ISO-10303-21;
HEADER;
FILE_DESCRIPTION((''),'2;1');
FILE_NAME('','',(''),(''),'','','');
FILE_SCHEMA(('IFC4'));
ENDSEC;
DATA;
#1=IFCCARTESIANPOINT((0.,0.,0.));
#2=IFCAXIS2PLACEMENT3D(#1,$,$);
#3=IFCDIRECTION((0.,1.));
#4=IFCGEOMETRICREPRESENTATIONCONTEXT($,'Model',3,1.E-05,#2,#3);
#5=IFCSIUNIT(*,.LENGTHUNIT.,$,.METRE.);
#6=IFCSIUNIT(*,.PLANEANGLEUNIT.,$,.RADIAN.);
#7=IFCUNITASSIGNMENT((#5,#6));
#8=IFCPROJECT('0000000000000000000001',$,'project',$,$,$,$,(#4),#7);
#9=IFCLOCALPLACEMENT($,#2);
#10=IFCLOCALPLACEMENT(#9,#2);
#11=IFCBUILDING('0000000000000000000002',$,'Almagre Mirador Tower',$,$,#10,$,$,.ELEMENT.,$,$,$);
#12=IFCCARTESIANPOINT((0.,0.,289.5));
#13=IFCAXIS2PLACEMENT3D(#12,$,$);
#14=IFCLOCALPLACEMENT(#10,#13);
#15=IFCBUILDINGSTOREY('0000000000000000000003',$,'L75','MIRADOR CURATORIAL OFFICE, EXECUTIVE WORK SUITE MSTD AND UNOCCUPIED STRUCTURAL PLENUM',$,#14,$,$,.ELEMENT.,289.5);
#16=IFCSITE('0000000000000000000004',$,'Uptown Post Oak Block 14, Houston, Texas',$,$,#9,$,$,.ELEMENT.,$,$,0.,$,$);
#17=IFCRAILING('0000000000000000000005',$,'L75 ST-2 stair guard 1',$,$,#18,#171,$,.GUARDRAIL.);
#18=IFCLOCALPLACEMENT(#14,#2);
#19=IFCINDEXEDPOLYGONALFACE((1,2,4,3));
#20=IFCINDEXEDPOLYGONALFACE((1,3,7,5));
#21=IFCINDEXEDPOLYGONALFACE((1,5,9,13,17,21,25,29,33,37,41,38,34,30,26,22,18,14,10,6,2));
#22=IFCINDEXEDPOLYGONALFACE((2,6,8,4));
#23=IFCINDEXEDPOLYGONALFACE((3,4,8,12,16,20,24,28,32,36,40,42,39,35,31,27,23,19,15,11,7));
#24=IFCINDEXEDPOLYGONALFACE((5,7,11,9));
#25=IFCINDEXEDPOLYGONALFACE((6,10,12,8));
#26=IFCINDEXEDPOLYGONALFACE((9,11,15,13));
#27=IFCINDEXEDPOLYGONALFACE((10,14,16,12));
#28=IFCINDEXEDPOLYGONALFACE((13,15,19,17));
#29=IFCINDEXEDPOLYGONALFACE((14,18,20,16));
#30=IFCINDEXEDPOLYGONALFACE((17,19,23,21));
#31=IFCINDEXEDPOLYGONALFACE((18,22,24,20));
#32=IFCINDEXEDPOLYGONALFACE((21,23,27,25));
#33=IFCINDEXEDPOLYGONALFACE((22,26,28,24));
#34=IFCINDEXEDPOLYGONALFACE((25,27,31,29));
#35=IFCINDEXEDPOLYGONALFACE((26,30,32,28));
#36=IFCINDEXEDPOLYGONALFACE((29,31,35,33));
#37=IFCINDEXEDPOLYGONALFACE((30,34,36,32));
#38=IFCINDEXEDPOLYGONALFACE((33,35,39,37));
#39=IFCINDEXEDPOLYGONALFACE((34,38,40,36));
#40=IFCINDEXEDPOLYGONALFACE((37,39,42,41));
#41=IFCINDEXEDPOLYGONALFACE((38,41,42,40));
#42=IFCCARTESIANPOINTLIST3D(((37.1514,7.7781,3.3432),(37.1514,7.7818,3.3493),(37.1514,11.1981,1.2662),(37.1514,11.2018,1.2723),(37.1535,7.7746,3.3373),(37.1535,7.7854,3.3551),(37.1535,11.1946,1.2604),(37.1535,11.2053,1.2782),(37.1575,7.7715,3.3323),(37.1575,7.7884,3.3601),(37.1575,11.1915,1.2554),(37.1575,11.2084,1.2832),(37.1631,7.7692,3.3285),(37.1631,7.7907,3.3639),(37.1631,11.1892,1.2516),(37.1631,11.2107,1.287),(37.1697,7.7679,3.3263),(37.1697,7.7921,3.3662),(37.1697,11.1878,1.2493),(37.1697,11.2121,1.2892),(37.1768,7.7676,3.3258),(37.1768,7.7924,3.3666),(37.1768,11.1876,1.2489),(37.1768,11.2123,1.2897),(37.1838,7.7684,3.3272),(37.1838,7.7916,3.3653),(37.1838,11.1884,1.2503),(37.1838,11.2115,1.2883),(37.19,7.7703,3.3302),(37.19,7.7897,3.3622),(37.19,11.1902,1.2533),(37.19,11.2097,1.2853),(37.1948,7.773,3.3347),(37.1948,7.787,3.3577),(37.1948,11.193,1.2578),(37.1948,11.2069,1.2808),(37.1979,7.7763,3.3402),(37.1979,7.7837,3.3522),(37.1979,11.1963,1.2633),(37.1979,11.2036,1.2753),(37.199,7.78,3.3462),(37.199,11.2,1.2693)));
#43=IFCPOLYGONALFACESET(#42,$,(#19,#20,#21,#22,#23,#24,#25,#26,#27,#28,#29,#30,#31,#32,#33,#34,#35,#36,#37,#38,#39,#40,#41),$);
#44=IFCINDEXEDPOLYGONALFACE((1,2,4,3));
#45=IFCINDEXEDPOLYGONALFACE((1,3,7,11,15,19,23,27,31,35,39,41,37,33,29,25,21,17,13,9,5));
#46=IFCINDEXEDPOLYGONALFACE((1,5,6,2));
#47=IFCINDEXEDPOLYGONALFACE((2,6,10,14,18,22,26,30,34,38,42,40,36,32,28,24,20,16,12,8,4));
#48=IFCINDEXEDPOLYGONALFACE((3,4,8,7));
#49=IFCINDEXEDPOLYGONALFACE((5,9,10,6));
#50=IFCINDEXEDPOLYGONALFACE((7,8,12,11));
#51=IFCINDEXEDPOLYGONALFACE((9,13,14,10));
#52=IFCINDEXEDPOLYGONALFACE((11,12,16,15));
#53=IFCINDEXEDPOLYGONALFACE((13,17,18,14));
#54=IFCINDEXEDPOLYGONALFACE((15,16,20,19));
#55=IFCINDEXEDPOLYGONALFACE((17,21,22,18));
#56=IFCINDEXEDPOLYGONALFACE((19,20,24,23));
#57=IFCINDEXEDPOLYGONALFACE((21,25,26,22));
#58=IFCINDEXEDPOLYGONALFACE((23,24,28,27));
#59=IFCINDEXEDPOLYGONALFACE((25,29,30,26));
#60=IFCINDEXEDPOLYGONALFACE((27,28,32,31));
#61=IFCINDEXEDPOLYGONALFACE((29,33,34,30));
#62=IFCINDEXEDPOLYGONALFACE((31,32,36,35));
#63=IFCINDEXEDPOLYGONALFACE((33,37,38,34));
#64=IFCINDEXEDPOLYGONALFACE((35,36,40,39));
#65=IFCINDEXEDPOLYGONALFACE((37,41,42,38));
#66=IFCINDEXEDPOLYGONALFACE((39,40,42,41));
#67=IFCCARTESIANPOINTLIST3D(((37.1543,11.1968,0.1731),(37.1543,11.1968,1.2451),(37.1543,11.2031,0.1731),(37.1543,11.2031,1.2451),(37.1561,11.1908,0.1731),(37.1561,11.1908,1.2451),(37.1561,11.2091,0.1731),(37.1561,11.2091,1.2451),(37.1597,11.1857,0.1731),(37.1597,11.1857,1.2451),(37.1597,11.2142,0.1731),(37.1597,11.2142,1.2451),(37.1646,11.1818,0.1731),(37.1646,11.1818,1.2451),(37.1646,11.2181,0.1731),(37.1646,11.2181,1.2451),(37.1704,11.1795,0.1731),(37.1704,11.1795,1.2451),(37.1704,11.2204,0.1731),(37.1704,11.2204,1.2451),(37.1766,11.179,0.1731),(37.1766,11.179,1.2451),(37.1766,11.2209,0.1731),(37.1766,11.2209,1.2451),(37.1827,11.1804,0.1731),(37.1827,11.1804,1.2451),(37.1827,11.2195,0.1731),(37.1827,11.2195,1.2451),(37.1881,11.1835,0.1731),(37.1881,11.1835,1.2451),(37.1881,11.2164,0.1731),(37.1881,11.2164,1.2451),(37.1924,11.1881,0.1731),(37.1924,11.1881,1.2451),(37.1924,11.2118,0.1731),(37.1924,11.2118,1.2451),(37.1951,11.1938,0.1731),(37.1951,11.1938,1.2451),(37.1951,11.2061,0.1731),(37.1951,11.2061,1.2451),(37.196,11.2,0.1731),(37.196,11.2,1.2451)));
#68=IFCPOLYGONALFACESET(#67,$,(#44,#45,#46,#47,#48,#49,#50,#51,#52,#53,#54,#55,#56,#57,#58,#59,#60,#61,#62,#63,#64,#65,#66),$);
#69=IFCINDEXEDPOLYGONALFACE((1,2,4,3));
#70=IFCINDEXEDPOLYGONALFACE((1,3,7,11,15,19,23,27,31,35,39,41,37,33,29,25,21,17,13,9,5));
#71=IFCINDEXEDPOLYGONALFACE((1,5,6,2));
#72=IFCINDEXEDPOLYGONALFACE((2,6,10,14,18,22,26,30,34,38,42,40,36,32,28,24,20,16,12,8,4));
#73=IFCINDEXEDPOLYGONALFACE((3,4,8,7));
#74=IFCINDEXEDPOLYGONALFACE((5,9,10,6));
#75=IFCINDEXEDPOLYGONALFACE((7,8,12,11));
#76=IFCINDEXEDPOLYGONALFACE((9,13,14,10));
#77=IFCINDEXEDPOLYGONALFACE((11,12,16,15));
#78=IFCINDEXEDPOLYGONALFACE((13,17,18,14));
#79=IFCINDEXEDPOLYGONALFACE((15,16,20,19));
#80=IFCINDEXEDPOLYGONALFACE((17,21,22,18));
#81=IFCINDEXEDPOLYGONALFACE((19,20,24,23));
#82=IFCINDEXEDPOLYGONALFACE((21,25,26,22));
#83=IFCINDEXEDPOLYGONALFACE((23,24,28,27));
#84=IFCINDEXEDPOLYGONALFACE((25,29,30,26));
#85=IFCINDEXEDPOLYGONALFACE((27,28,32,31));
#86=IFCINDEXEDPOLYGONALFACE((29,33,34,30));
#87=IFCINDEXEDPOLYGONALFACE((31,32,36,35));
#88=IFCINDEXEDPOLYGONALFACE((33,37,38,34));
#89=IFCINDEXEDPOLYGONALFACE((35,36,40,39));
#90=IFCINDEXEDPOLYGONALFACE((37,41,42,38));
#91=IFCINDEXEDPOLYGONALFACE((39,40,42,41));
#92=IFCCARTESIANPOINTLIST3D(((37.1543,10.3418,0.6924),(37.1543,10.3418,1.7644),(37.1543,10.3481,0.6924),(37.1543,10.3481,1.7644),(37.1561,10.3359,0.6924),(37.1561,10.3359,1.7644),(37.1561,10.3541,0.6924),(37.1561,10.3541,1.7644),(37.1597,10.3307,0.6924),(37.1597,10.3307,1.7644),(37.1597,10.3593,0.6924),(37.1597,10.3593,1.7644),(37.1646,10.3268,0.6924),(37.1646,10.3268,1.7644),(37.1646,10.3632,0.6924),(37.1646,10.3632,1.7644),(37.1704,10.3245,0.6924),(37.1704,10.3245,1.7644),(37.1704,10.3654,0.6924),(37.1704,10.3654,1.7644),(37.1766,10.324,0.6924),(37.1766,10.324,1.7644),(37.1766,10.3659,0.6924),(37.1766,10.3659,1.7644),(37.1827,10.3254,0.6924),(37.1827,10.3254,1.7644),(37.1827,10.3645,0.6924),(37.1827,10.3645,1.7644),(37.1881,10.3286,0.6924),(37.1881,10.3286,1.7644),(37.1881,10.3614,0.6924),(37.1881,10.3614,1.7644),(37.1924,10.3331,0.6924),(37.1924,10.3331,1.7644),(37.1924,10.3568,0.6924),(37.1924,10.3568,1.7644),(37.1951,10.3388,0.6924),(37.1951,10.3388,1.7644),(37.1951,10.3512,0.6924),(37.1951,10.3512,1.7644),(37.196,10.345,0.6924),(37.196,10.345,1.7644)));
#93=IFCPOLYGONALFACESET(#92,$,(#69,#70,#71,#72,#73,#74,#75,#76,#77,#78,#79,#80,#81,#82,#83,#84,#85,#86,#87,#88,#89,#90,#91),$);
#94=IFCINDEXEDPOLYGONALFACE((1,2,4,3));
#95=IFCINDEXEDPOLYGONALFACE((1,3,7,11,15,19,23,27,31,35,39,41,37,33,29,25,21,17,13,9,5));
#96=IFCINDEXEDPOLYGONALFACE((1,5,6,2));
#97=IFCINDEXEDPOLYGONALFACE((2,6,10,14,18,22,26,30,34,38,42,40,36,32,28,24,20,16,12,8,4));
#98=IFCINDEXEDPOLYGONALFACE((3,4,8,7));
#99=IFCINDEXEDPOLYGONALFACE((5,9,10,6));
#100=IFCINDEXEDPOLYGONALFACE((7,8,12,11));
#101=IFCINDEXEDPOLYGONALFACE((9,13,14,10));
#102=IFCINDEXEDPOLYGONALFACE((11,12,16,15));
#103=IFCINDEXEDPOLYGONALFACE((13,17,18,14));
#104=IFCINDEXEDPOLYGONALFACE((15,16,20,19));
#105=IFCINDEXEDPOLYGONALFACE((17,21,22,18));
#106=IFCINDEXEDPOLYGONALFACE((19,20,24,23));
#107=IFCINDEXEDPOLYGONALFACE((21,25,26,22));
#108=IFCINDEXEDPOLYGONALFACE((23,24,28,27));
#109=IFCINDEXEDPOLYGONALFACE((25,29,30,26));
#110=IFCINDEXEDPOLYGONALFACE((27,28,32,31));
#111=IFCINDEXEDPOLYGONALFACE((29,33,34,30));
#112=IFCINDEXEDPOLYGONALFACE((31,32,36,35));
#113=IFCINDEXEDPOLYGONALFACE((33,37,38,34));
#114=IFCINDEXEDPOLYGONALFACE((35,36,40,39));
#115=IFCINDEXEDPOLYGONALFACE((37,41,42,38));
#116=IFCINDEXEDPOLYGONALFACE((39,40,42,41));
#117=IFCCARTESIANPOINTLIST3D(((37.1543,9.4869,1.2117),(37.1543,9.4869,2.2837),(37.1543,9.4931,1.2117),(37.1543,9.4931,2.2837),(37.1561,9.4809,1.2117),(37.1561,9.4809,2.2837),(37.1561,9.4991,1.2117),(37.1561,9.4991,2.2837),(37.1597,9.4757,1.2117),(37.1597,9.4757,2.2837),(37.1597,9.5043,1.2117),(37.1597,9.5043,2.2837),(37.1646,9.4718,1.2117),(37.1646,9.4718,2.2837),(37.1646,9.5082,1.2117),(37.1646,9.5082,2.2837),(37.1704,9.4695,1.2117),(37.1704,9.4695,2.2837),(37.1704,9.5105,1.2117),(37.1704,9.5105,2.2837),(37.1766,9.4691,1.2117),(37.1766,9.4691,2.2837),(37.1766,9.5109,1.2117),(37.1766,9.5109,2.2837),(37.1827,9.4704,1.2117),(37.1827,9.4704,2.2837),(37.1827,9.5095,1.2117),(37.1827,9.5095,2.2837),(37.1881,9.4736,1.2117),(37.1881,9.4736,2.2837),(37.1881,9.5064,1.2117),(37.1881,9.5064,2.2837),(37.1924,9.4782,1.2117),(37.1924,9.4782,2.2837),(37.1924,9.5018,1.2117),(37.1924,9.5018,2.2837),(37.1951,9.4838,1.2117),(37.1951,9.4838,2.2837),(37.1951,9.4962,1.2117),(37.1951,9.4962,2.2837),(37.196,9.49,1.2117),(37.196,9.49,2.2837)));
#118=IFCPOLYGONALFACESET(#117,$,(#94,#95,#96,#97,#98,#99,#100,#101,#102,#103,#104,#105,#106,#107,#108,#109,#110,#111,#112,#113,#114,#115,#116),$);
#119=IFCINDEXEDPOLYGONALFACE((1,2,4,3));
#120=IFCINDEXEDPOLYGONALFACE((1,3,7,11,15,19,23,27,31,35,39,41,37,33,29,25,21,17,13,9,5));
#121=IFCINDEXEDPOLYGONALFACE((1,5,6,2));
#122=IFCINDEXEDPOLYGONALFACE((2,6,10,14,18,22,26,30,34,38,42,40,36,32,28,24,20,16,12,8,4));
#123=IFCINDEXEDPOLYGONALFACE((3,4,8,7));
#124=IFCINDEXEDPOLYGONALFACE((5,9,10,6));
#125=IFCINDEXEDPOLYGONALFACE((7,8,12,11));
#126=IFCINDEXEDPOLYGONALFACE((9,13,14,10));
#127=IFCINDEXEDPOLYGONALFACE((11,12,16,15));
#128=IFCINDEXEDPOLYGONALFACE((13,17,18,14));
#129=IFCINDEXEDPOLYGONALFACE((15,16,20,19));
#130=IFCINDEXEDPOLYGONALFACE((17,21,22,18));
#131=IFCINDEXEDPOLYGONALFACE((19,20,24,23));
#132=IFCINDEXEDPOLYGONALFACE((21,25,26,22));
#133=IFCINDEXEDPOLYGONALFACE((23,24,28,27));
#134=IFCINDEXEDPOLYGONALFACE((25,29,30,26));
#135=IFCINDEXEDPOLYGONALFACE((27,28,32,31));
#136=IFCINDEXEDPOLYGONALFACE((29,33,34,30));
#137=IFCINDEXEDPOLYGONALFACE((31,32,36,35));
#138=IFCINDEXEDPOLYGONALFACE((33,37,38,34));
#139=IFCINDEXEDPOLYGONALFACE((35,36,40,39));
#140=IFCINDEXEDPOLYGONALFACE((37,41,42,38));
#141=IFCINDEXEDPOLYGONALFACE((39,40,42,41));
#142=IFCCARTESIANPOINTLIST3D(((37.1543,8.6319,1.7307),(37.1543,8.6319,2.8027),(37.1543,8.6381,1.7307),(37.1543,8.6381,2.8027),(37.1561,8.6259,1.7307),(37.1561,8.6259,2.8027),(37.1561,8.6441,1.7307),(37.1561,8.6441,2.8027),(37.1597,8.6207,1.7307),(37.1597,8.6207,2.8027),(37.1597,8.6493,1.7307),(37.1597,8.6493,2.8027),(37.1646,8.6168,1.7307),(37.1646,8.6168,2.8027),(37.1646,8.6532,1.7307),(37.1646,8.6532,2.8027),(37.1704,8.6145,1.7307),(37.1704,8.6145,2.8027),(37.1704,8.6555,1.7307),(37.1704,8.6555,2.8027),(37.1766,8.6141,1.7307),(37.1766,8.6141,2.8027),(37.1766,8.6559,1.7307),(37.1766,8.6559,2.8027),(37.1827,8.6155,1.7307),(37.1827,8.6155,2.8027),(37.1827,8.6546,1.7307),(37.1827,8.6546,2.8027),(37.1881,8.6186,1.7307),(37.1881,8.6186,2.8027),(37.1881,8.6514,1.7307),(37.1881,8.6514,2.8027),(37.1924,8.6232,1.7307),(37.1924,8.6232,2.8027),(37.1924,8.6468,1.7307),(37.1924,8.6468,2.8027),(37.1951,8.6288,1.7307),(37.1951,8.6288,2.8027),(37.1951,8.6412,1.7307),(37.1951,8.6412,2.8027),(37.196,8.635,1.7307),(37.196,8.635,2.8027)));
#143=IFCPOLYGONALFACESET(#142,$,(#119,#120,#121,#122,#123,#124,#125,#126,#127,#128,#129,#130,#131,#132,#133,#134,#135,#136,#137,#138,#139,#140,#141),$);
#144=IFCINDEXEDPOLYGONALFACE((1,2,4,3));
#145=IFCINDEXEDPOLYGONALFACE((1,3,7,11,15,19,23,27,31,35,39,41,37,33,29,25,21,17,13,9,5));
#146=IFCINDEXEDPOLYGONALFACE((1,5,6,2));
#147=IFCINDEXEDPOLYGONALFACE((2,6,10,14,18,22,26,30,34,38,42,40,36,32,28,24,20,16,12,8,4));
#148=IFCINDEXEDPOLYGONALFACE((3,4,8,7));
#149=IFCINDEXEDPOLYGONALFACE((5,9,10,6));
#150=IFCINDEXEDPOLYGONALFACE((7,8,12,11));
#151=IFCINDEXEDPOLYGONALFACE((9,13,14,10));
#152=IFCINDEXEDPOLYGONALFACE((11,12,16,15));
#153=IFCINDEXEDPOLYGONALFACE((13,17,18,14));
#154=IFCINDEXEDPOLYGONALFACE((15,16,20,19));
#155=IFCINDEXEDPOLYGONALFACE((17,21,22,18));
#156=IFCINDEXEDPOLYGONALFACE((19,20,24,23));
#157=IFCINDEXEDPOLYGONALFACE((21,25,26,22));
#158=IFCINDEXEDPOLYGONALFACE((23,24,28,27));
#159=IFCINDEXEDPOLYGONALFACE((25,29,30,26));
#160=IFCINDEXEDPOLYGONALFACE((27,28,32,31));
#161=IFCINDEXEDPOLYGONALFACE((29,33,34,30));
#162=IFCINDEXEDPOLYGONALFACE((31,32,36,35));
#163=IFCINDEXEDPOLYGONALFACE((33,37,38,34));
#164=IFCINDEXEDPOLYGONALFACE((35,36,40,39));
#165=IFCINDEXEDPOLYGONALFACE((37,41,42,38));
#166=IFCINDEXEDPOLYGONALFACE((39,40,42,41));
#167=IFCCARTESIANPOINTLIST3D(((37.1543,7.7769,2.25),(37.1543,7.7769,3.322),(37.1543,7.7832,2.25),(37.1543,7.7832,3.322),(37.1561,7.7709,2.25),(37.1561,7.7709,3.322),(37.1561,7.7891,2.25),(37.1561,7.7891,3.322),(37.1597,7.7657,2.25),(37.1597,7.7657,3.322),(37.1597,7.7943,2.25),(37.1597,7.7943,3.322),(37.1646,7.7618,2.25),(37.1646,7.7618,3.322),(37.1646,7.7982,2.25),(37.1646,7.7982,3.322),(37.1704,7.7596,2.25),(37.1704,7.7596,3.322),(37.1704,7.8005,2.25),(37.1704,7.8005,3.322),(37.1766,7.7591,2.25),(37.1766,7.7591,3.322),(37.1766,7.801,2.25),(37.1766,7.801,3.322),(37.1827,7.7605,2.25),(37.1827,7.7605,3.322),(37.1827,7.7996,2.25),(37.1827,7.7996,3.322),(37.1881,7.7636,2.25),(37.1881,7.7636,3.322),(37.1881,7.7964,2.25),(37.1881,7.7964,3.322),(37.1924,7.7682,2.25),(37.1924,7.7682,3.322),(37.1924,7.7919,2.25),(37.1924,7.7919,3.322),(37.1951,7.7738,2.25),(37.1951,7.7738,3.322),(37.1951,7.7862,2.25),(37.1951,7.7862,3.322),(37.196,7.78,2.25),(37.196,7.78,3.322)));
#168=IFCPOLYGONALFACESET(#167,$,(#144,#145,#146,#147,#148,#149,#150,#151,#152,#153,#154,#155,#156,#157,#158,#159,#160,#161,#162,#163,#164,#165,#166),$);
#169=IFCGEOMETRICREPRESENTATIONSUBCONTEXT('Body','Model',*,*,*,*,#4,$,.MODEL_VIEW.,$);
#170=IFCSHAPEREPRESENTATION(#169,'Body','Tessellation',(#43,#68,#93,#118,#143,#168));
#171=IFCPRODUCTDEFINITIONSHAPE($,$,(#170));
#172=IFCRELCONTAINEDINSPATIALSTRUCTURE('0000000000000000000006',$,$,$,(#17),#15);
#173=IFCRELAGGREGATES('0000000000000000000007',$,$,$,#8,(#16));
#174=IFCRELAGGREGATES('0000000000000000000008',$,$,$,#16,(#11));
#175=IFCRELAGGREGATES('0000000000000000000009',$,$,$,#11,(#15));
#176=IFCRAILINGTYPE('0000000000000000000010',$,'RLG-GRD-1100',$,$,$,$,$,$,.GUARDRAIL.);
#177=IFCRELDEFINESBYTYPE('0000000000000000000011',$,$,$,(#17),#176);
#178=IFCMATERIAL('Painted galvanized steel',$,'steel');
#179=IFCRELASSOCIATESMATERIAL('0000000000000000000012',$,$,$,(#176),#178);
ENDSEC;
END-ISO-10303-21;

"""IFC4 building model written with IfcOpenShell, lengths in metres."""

from ifc_helpers import new_model, si_unit, direction, frame, origin, origin_2d, place, context, subcontext, project, spatial, circle, extrude, material, type_object, element, save


model = new_model("IFC4")

# Units and contexts
model_context = context("Model", 3, precision=1e-05, world=origin(), true_north=direction((0.0, 1.0)))
body_context = subcontext(model_context, "Body", "Model", "MODEL_VIEW")
ifc_project = project(units=[si_unit("LENGTHUNIT", "METRE"), si_unit("PLANEANGLEUNIT", "RADIAN")], contexts=[model_context])

# Site, building, storey
site_placement = place(None, origin())
site = spatial("IfcSite", under=ifc_project, at=site_placement, Name="Uptown Post Oak Block 14, Houston, Texas", CompositionType="ELEMENT", RefElevation=0.0)
building_placement = place(site_placement, origin())
building = spatial("IfcBuilding", under=site, at=building_placement, Name="Almagre Mirador Tower", CompositionType="ELEMENT")
storey_placement = place(building_placement, frame((0.0, 0.0, 289.5)))
storey = spatial("IfcBuildingStorey", under=building, at=storey_placement, Name="L75", Description="MIRADOR CURATORIAL OFFICE, EXECUTIVE WORK SUITE MSTD AND UNOCCUPIED STRUCTURAL PLENUM", CompositionType="ELEMENT", Elevation=289.5)

# Railing
ifc_material_1 = material(Name="Painted galvanized steel", Category="steel")
railing_type_1 = type_object("IfcRailingType", Name="RLG-GRD-1100", PredefinedType="GUARDRAIL", material=ifc_material_1)
railing_1_placement = place(storey_placement, frame((37.175, 11.2, 0.1731)))
element("IfcRailing", 1, at=railing_1_placement, inside=storey, type_object=railing_type_1, Name="L75 ST-2 stair guard 1", PredefinedType="GUARDRAIL", context=body_context, shape_type="SweptSolid", body=[
    extrude(circle(Radius=0.0239, at=origin_2d()), frame((0.0, 0.0, 1.0962), z_axis=(0.0, -0.85473, 0.519074), x_axis=(1.0, 0.0, 0.0)), (0.0, 0.0, 1.0), 4.0012),
    extrude(circle(Radius=0.021, at=origin_2d()), origin(), (0.0, 0.0, 1.0), 1.072),
    extrude(circle(Radius=0.021, at=origin_2d()), frame((0.0, -0.855, 0.5193)), (0.0, 0.0, 1.0), 1.072),
    extrude(circle(Radius=0.021, at=origin_2d()), frame((0.0, -1.71, 1.0386)), (0.0, 0.0, 1.0), 1.072),
    extrude(circle(Radius=0.021, at=origin_2d()), frame((0.0, -2.5649, 1.5576)), (0.0, 0.0, 1.0), 1.072),
    extrude(circle(Radius=0.021, at=origin_2d()), frame((0.0, -3.4199, 2.0769)), (0.0, 0.0, 1.0), 1.072),
])

save(model, "model.ifc")
